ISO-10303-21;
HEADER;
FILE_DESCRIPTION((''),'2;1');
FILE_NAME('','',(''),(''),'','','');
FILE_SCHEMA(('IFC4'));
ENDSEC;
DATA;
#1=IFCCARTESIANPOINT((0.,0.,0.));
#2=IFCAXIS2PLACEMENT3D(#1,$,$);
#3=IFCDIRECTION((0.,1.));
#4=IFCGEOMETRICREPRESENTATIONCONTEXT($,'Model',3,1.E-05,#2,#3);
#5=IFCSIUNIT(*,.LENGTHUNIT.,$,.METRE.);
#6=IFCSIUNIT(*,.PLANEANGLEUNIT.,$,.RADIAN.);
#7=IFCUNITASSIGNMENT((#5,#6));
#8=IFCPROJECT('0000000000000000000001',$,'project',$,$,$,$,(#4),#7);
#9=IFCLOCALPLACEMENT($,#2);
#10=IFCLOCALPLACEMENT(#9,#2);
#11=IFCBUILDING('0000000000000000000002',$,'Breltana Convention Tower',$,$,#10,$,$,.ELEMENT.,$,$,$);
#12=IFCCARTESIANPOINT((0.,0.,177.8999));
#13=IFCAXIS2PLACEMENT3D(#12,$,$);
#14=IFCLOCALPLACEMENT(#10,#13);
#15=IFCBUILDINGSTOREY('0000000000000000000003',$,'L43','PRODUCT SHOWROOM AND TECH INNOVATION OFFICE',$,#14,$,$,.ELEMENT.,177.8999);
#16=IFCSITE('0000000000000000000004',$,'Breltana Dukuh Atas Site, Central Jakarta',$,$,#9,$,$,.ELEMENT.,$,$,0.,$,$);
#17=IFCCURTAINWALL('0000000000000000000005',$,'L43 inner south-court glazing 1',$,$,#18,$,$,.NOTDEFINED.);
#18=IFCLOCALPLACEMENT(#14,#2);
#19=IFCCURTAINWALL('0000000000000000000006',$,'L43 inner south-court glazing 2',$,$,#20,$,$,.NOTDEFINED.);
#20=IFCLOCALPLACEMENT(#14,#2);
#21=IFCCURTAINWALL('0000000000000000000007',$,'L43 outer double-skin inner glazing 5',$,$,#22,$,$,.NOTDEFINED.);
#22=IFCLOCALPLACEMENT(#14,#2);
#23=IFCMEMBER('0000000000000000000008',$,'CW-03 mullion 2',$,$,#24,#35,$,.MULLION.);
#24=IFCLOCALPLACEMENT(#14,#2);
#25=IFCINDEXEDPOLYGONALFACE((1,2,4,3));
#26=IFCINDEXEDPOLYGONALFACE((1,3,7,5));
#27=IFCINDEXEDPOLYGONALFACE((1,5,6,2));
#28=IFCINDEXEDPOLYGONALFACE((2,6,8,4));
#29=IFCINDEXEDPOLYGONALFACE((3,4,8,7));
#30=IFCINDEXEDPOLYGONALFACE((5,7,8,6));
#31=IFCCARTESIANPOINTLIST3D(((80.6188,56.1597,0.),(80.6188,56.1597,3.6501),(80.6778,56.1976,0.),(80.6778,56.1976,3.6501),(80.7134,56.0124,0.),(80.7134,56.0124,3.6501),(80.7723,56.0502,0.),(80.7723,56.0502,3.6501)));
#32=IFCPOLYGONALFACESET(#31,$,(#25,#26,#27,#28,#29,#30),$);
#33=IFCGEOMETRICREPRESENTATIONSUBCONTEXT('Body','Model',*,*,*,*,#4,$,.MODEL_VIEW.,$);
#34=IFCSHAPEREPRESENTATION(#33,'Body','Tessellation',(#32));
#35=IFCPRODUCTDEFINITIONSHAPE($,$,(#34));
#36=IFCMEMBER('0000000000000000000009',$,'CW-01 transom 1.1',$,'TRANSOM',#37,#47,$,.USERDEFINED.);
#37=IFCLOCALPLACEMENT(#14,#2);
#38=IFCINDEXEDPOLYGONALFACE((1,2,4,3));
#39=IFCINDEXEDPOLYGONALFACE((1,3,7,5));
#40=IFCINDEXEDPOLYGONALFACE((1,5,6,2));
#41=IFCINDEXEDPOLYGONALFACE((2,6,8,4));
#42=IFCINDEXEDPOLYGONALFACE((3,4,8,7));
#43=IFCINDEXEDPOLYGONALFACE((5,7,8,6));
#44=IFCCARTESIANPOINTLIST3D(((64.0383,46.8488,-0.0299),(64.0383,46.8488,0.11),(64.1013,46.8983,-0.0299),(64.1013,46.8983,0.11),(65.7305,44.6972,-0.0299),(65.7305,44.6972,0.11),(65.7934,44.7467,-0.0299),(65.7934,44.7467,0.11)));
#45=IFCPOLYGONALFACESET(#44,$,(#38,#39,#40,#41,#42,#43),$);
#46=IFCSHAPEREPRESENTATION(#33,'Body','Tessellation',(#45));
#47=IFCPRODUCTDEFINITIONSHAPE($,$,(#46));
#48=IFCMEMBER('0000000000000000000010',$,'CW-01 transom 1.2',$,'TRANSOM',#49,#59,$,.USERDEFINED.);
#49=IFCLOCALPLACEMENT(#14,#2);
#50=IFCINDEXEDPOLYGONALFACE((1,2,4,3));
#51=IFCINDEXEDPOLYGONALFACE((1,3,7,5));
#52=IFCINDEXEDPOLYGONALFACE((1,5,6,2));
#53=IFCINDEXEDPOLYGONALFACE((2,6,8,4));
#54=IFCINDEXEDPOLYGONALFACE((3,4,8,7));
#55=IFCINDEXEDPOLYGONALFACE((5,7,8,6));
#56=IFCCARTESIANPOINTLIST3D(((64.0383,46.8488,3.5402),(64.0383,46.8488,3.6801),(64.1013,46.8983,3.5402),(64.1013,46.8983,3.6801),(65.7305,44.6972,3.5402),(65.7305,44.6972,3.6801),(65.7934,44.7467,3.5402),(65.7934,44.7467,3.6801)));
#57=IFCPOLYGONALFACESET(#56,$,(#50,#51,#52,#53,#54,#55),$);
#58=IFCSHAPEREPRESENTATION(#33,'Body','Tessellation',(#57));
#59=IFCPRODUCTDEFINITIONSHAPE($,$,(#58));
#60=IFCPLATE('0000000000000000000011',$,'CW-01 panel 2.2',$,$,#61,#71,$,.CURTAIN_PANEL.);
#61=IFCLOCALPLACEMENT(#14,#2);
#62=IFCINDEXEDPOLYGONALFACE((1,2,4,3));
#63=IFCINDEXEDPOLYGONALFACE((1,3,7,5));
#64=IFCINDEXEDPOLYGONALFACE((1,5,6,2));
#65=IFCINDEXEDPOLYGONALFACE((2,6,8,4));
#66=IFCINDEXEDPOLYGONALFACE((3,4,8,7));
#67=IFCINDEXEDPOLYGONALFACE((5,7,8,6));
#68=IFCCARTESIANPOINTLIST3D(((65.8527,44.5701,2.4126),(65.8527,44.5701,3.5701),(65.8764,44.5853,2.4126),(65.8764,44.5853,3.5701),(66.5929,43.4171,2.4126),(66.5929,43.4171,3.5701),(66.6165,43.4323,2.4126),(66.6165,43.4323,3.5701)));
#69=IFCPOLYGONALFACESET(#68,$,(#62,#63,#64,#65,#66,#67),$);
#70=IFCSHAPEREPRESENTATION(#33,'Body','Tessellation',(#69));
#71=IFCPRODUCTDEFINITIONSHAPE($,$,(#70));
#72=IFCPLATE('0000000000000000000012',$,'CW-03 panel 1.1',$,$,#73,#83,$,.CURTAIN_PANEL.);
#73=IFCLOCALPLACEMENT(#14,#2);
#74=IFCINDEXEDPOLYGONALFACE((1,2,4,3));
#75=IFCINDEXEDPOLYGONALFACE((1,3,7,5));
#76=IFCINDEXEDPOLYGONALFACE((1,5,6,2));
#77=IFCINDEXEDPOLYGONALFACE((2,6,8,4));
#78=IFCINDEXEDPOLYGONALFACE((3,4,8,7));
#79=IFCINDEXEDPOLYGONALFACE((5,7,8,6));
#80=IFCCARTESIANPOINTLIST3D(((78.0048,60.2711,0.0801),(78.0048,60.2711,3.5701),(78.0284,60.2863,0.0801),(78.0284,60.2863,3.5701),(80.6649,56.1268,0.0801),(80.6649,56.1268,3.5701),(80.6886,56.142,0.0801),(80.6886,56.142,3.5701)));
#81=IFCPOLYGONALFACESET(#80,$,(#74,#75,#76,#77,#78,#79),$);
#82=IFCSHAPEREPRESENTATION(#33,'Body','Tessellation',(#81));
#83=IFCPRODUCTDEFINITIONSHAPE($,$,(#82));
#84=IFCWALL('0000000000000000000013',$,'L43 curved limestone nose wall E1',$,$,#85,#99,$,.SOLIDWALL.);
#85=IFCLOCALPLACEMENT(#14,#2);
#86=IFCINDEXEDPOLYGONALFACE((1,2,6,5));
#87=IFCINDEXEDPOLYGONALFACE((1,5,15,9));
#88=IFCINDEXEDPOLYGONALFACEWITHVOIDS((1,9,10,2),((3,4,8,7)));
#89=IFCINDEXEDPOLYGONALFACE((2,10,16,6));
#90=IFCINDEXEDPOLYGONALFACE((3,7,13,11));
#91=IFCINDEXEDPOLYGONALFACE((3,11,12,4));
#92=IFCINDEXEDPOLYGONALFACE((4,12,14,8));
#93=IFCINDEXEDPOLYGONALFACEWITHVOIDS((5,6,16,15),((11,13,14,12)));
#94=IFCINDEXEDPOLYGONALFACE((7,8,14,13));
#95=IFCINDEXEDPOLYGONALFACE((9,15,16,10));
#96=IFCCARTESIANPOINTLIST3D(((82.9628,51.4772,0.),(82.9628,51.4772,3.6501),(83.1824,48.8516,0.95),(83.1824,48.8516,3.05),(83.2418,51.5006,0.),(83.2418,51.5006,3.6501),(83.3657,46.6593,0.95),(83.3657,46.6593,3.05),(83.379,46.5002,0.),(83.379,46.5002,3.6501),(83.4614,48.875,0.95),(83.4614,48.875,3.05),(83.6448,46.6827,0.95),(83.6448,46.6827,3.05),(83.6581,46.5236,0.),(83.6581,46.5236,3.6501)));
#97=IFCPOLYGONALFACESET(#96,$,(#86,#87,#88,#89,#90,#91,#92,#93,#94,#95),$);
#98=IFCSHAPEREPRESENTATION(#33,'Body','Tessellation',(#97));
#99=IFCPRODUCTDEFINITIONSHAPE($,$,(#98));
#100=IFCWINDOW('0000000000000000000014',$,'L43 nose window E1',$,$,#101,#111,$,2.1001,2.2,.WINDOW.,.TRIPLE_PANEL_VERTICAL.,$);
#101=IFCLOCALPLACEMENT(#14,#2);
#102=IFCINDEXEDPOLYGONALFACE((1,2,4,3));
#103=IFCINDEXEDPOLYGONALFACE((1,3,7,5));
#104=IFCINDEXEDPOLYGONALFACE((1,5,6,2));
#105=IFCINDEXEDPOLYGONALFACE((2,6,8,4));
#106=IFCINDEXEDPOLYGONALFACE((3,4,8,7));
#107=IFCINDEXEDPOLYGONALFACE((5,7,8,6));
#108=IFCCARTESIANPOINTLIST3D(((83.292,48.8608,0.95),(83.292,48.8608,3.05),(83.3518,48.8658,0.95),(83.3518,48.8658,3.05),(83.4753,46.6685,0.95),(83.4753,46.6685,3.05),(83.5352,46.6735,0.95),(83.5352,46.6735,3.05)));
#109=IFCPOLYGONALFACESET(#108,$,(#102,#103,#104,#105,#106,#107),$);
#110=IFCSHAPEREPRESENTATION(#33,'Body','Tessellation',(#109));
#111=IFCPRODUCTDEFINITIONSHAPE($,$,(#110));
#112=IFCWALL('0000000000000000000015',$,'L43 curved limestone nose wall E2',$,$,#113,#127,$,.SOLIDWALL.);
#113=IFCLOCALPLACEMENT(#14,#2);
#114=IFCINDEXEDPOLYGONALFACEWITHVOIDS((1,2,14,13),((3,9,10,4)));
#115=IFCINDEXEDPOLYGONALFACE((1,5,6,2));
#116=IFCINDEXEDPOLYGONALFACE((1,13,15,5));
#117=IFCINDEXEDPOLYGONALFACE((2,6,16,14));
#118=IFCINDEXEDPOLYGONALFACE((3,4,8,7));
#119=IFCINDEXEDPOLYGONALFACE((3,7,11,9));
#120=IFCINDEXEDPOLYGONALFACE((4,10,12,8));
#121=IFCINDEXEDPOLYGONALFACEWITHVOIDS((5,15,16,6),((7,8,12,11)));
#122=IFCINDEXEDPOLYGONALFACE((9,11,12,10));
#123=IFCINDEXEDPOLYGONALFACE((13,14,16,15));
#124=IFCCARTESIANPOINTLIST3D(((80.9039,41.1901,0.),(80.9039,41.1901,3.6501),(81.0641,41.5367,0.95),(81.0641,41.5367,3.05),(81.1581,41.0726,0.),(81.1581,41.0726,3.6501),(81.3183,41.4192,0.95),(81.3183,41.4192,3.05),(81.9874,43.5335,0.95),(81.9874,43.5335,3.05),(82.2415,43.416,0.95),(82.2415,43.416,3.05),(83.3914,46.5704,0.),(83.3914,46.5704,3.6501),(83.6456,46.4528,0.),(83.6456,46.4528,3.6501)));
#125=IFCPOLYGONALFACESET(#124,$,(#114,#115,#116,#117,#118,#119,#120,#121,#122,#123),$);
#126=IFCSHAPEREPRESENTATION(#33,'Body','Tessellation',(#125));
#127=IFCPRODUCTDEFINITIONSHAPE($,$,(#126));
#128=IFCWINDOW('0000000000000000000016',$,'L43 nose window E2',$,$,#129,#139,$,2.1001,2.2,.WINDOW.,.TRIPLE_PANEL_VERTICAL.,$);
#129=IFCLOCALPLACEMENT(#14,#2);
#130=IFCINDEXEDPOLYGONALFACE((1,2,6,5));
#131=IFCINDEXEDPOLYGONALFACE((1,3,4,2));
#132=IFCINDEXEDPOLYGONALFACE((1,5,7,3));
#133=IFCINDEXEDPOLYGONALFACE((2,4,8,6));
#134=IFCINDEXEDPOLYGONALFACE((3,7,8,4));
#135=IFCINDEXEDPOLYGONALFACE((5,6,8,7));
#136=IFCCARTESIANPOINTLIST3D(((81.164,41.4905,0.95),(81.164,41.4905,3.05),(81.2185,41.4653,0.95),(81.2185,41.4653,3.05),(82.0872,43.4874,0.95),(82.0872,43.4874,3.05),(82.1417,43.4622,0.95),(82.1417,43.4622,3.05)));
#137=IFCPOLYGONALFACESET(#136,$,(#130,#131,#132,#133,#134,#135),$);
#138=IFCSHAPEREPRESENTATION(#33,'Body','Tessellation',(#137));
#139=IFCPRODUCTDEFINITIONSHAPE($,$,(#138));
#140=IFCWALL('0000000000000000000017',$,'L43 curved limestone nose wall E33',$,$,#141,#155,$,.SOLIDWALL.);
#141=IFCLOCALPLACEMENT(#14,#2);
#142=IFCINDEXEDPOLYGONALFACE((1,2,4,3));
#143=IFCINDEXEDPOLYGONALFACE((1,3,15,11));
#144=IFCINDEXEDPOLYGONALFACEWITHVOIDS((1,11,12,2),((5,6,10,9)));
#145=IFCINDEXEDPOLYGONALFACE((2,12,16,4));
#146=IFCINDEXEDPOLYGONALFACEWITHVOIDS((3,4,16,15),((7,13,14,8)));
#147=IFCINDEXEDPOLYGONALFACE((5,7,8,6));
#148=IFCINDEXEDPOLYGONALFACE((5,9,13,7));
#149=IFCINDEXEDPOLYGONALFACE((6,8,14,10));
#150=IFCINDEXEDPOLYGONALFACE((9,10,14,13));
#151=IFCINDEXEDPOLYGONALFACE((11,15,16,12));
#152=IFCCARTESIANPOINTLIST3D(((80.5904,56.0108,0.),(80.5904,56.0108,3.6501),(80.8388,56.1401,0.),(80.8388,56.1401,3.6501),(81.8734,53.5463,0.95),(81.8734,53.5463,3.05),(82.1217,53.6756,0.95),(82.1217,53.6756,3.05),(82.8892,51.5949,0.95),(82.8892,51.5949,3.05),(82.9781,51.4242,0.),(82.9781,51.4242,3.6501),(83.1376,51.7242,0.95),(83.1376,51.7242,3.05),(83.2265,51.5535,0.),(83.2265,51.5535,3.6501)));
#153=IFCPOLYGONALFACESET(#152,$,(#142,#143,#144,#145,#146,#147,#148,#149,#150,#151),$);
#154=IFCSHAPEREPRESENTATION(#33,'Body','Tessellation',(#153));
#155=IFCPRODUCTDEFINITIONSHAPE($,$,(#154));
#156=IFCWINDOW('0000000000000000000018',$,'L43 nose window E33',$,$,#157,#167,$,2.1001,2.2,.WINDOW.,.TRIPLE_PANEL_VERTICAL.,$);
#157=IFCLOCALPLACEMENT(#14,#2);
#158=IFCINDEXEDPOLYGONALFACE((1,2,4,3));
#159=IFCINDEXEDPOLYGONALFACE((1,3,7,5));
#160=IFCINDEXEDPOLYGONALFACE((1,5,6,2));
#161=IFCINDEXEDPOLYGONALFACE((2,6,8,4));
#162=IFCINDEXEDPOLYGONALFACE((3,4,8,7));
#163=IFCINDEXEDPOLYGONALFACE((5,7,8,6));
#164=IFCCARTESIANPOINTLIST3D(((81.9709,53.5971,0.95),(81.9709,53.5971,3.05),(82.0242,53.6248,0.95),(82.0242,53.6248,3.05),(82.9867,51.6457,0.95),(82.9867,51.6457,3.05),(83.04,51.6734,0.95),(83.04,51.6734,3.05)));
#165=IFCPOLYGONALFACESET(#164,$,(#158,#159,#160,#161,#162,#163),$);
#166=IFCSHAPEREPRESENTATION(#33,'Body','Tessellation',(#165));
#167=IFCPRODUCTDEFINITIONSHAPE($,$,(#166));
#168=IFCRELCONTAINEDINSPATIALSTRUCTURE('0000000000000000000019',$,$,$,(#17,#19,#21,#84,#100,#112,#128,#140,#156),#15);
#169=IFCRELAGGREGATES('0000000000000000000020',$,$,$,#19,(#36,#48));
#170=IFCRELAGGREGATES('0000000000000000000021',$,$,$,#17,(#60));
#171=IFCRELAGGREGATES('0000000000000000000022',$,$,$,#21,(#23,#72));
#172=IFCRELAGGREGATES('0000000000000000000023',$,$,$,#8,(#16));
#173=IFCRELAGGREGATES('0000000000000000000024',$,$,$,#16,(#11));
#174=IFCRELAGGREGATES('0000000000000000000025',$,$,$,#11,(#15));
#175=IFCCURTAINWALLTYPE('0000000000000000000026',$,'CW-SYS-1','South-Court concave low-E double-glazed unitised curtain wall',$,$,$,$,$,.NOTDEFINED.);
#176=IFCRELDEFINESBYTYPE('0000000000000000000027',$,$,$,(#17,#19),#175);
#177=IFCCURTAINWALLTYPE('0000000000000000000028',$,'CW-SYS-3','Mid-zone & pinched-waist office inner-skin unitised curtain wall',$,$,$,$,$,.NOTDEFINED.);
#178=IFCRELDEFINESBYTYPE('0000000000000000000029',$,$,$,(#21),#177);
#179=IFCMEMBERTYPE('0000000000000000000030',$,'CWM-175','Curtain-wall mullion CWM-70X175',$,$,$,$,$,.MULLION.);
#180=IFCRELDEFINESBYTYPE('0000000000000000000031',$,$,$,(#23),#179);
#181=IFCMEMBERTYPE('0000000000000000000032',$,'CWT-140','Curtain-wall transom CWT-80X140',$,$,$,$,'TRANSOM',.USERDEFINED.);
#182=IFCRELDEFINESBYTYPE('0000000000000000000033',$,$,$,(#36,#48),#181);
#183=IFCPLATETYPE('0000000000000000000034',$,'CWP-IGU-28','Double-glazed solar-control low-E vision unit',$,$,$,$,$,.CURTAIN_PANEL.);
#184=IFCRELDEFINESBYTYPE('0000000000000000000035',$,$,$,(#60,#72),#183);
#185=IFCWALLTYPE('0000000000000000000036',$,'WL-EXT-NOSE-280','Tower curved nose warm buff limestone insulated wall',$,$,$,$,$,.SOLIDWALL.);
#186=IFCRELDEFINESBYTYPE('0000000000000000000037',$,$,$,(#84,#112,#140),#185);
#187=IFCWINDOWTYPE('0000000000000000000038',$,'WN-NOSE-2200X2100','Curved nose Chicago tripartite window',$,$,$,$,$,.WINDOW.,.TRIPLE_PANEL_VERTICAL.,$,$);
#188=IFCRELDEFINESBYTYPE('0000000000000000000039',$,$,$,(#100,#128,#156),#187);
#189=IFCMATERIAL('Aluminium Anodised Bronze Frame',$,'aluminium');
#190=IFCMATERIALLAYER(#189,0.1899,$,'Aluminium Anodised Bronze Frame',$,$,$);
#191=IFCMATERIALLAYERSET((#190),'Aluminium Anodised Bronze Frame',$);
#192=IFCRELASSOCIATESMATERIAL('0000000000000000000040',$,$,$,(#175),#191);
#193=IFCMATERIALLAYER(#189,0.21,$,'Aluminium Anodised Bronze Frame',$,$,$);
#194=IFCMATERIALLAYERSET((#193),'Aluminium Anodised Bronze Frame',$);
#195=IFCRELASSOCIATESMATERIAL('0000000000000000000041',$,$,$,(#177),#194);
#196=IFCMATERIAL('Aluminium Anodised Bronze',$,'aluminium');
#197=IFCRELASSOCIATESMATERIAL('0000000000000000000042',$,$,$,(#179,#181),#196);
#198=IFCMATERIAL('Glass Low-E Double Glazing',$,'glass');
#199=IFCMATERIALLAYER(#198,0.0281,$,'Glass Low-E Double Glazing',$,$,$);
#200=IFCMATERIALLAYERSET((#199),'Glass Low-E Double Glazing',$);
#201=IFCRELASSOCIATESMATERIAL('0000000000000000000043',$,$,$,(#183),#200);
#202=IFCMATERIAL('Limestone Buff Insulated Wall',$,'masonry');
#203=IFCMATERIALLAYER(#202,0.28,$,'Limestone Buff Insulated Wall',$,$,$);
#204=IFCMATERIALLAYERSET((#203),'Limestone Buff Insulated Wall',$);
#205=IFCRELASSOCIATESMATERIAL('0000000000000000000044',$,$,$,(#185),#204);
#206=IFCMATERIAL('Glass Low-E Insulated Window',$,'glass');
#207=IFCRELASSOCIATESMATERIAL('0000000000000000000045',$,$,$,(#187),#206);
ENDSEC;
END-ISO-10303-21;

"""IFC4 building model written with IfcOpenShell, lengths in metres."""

from ifc_helpers import new_model, si_unit, direction, frame, frame_2d, origin, origin_2d, place, context, subcontext, project, spatial, rectangle, extrude, source, transform, mapped, material, layer, layer_set, material_profile, profile_set, type_object, type_shapes, element, fill, aggregate, save


model = new_model("IFC4")

# Units and contexts
model_context = context("Model", 3, precision=1e-05, world=origin(), true_north=direction((0.0, 1.0)))
body_context = subcontext(model_context, "Body", "Model", "MODEL_VIEW")
ifc_project = project(units=[si_unit("LENGTHUNIT", "METRE"), si_unit("PLANEANGLEUNIT", "RADIAN")], contexts=[model_context])

# Site, building, storey
site_placement = place(None, origin())
site = spatial("IfcSite", under=ifc_project, at=site_placement, Name="Breltana Dukuh Atas Site, Central Jakarta", CompositionType="ELEMENT", RefElevation=0.0)
building_placement = place(site_placement, origin())
building = spatial("IfcBuilding", under=site, at=building_placement, Name="Breltana Convention Tower", CompositionType="ELEMENT")
storey_placement = place(building_placement, frame((0.0, 0.0, 177.8999)))
storey = spatial("IfcBuildingStorey", under=building, at=storey_placement, Name="L43", Description="PRODUCT SHOWROOM AND TECH INNOVATION OFFICE", CompositionType="ELEMENT", Elevation=177.8999)

# Curtain walls, member
ifc_material_1 = material(Name="Aluminium Anodised Bronze Frame", Category="aluminium")
ifc_layer_1 = layer(ifc_material_1, 0.1899, Name="Aluminium Anodised Bronze Frame")
ifc_layer_set_1 = layer_set([ifc_layer_1], Name="Aluminium Anodised Bronze Frame")
curtain_wall_type_1 = type_object("IfcCurtainWallType", Name="CW-SYS-1", Description="South-Court concave low-E double-glazed unitised curtain wall", PredefinedType="NOTDEFINED", material=ifc_layer_set_1)
curtain_wall_1_placement = place(storey_placement, origin())
curtain_wall_1 = element("IfcCurtainWall", 1, at=curtain_wall_1_placement, inside=storey, type_object=curtain_wall_type_1, Name="L43 inner south-court glazing 1", PredefinedType="NOTDEFINED")
ifc_material_2 = material(Name="Aluminium Anodised Bronze", Category="aluminium")
curtain_wall_2_placement = place(storey_placement, origin())
curtain_wall_2 = element("IfcCurtainWall", 2, at=curtain_wall_2_placement, inside=storey, type_object=curtain_wall_type_1, Name="L43 inner south-court glazing 2", PredefinedType="NOTDEFINED")
ifc_layer_2 = layer(ifc_material_1, 0.21, Name="Aluminium Anodised Bronze Frame")
ifc_layer_set_2 = layer_set([ifc_layer_2], Name="Aluminium Anodised Bronze Frame")
curtain_wall_type_2 = type_object("IfcCurtainWallType", Name="CW-SYS-3", Description="Mid-zone & pinched-waist office inner-skin unitised curtain wall", PredefinedType="NOTDEFINED", material=ifc_layer_set_2)
curtain_wall_3_placement = place(storey_placement, origin())
curtain_wall_3 = element("IfcCurtainWall", 3, at=curtain_wall_3_placement, inside=storey, type_object=curtain_wall_type_2, Name="L43 outer double-skin inner glazing 5", PredefinedType="NOTDEFINED")
ifc_material_profile_1 = material_profile(ifc_material_2, rectangle(XDim=0.0701, YDim=0.175, at=origin_2d()), Name="CWM-70X175")
ifc_profile_set_1 = profile_set([ifc_material_profile_1], Name="Aluminium Anodised Bronze")
member_type_1 = type_object("IfcMemberType", Name="CWM-175", Description="Curtain-wall mullion CWM-70X175", PredefinedType="MULLION", material=ifc_profile_set_1)
shared_shape_1 = source(origin(), body_context, "Body", "SweptSolid", [
    extrude(rectangle(XDim=0.0701, YDim=0.175, at=origin_2d()), origin(), (0.0, 0.0, 1.0), 3.6501),
])
member_1_placement = place(storey_placement, frame((80.6956, 56.105, 0.0), z_axis=(0.0, 0.0, 1.0), x_axis=(0.841554, 0.540173, 0.0)))
member_1 = element("IfcMember", 4, at=member_1_placement, type_object=member_type_1, Name="CW-03 mullion 2", PredefinedType="MULLION", context=body_context, shape_type="MappedRepresentation", body=[
    mapped(shared_shape_1, transform((0.0, 0.0, 0.0), scale=1.0)),
])

# Members
ifc_material_profile_2 = material_profile(ifc_material_2, rectangle(XDim=0.0801, YDim=0.1399, at=origin_2d()), Name="CWT-80X140")
ifc_profile_set_2 = profile_set([ifc_material_profile_2], Name="Aluminium Anodised Bronze")
member_type_2 = type_object("IfcMemberType", Name="CWT-140", Description="Curtain-wall transom CWT-80X140", ElementType="TRANSOM", PredefinedType="USERDEFINED", material=ifc_profile_set_2)
shared_shape_2 = source(origin(), body_context, "Body", "SweptSolid", [
    extrude(rectangle(XDim=0.0801, YDim=0.1399, at=origin_2d()), origin(), (0.0, 0.0, 1.0), 2.7373),
])
member_2_placement = place(storey_placement, frame((65.762, 44.7219, 0.04), z_axis=(-0.61818, 0.786037, 0.0), x_axis=(-0.786037, -0.61818, 0.0)))
member_2 = element("IfcMember", 5, at=member_2_placement, type_object=member_type_2, Name="CW-01 transom 1.1", ObjectType="TRANSOM", PredefinedType="USERDEFINED", context=body_context, shape_type="MappedRepresentation", body=[
    mapped(shared_shape_2, transform((0.0, 0.0, 0.0), scale=1.0)),
])
member_3_placement = place(storey_placement, frame((65.762, 44.7219, 3.6101), z_axis=(-0.61818, 0.786037, 0.0), x_axis=(-0.786037, -0.61818, 0.0)))
member_3 = element("IfcMember", 6, at=member_3_placement, type_object=member_type_2, Name="CW-01 transom 1.2", ObjectType="TRANSOM", PredefinedType="USERDEFINED", context=body_context, shape_type="MappedRepresentation", body=[
    mapped(shared_shape_2, transform((0.0, 0.0, 0.0), scale=1.0)),
])
aggregate(curtain_wall_2, [member_2, member_3])

# Plates
ifc_material_3 = material(Name="Glass Low-E Double Glazing", Category="glass")
ifc_layer_3 = layer(ifc_material_3, 0.0281, Name="Glass Low-E Double Glazing")
ifc_layer_set_3 = layer_set([ifc_layer_3], Name="Glass Low-E Double Glazing")
plate_type = type_object("IfcPlateType", Name="CWP-IGU-28", Description="Double-glazed solar-control low-E vision unit", PredefinedType="CURTAIN_PANEL", material=ifc_layer_set_3)
shared_shape_3 = source(origin(), body_context, "Body", "SweptSolid", [
    extrude(rectangle(XDim=1.3701, YDim=0.0281, at=origin_2d()), origin(), (0.0, 0.0, 1.0), 1.1575),
])
plate_1_placement = place(storey_placement, frame((66.2346, 44.0012, 2.4126), z_axis=(0.0, 0.0, 1.0), x_axis=(-0.540184, 0.841547, 0.0)))
plate_1 = element("IfcPlate", 7, at=plate_1_placement, type_object=plate_type, Name="CW-01 panel 2.2", PredefinedType="CURTAIN_PANEL", context=body_context, shape_type="MappedRepresentation", body=[
    mapped(shared_shape_3, transform((0.0, 0.0, 0.0), scale=1.0)),
])
aggregate(curtain_wall_1, [plate_1])
shared_shape_4 = source(origin(), body_context, "Body", "SweptSolid", [
    extrude(rectangle(XDim=4.9246, YDim=0.0281, at=origin_2d()), origin(), (0.0, 0.0, 1.0), 3.49),
])
plate_2_placement = place(storey_placement, frame((79.3467, 58.2065, 0.0801), z_axis=(0.0, 0.0, 1.0), x_axis=(0.540173, -0.841554, 0.0)))
plate_2 = element("IfcPlate", 8, at=plate_2_placement, type_object=plate_type, Name="CW-03 panel 1.1", PredefinedType="CURTAIN_PANEL", context=body_context, shape_type="MappedRepresentation", body=[
    mapped(shared_shape_4, transform((0.0, 0.0, 0.0), scale=1.0)),
])
aggregate(curtain_wall_3, [member_1, plate_2])

# Walls, openings, windows
ifc_material_4 = material(Name="Limestone Buff Insulated Wall", Category="masonry")
ifc_layer_4 = layer(ifc_material_4, 0.28, Name="Limestone Buff Insulated Wall")
ifc_layer_set_4 = layer_set([ifc_layer_4], Name="Limestone Buff Insulated Wall")
wall_type_1 = type_object("IfcWallType", Name="WL-EXT-NOSE-280", Description="Tower curved nose warm buff limestone insulated wall", PredefinedType="SOLIDWALL", material=ifc_layer_set_4)
shared_shape_5 = source(origin(), body_context, "Body", "SweptSolid", [
    extrude(rectangle(XDim=4.9944, YDim=0.28, at=frame_2d((2.4971, 0.0))), origin(), (0.0, 0.0, 1.0), 3.6501),
])
wall_1_placement = place(storey_placement, frame((83.1023, 51.4888, 0.0), z_axis=(0.0, 0.0, 1.0), x_axis=(0.083345, -0.996521, 0.0)))
wall_1 = element("IfcWall", 9, at=wall_1_placement, inside=storey, type_object=wall_type_1, Name="L43 curved limestone nose wall E1", PredefinedType="SOLIDWALL", context=body_context, shape_type="MappedRepresentation", body=[
    mapped(shared_shape_5, transform((0.0, 0.0, 0.0), scale=1.0)),
])
opening_1_placement = place(wall_1_placement, frame((2.6345, 0.0, 0.95)))
opening_1 = element("IfcOpeningElement", 10, at=opening_1_placement, cuts=wall_1, PredefinedType="OPENING", context=body_context, shape_type="SweptSolid", body=[
    extrude(rectangle(XDim=2.2, YDim=2.1001, at=frame_2d((1.1001, 1.05))), frame((0.0, 0.1499, 0.0), z_axis=(0.0, -1.0, 0.0), x_axis=(1.0, 0.0, 0.0)), (0.0, 0.0, 1.0), 0.3),
])
ifc_material_5 = material(Name="Glass Low-E Insulated Window", Category="glass")
window_type = type_object("IfcWindowType", Name="WN-NOSE-2200X2100", Description="Curved nose Chicago tripartite window", PartitioningType="TRIPLE_PANEL_VERTICAL", PredefinedType="WINDOW", material=ifc_material_5)
shared_shape_6 = source(origin(), body_context, "Body", "SweptSolid", [
    extrude(rectangle(XDim=2.2, YDim=2.1001, at=frame_2d((1.1001, 1.05))), frame((0.0, 0.03, 0.0), z_axis=(0.0, -1.0, 0.0), x_axis=(1.0, 0.0, 0.0)), (0.0, 0.0, 1.0), 0.0601),
])
type_shapes(window_type, [shared_shape_6])
window_1_placement = place(opening_1_placement, origin())
window_1 = element("IfcWindow", 11, at=window_1_placement, inside=storey, type_object=window_type, Name="L43 nose window E1", OverallHeight=2.1001, OverallWidth=2.2, PartitioningType="TRIPLE_PANEL_VERTICAL", PredefinedType="WINDOW", context=body_context, shape_type="MappedRepresentation", body=[
    mapped(shared_shape_6, transform((0.0, 0.0, 0.0), scale=1.0)),
])
fill(opening_1, window_1)
shared_shape_7 = source(origin(), body_context, "Body", "SweptSolid", [
    extrude(rectangle(XDim=5.9275, YDim=0.28, at=frame_2d((2.9639, 0.0))), origin(), (0.0, 0.0, 1.0), 3.6501),
])
wall_2_placement = place(storey_placement, frame((83.5186, 46.5117, 0.0), z_axis=(0.0, 0.0, 1.0), x_axis=(-0.419656, -0.907683, 0.0)))
wall_2 = element("IfcWall", 12, at=wall_2_placement, inside=storey, type_object=wall_type_1, Name="L43 curved limestone nose wall E2", PredefinedType="SOLIDWALL", context=body_context, shape_type="MappedRepresentation", body=[
    mapped(shared_shape_7, transform((0.0, 0.0, 0.0), scale=1.0)),
])
opening_2_placement = place(wall_2_placement, frame((3.3457, 0.0, 0.95)))
opening_2 = element("IfcOpeningElement", 13, at=opening_2_placement, cuts=wall_2, PredefinedType="OPENING", context=body_context, shape_type="SweptSolid", body=[
    extrude(rectangle(XDim=2.2, YDim=2.1001, at=frame_2d((1.1001, 1.05))), frame((0.0, 0.1499, 0.0), z_axis=(0.0, -1.0, 0.0), x_axis=(1.0, 0.0, 0.0)), (0.0, 0.0, 1.0), 0.3),
])
window_2_placement = place(opening_2_placement, origin())
window_2 = element("IfcWindow", 14, at=window_2_placement, inside=storey, type_object=window_type, Name="L43 nose window E2", OverallHeight=2.1001, OverallWidth=2.2, PartitioningType="TRIPLE_PANEL_VERTICAL", PredefinedType="WINDOW", context=body_context, shape_type="MappedRepresentation", body=[
    mapped(shared_shape_6, transform((0.0, 0.0, 0.0), scale=1.0)),
])
fill(opening_2, window_2)
shared_shape_8 = source(origin(), body_context, "Body", "SweptSolid", [
    extrude(rectangle(XDim=5.1709, YDim=0.28, at=frame_2d((2.5854, 0.0))), origin(), (0.0, 0.0, 1.0), 3.6501),
])
wall_3_placement = place(storey_placement, frame((80.7146, 56.0754, 0.0), z_axis=(0.0, 0.0, 1.0), x_axis=(0.461753, -0.887009, 0.0)))
wall_3 = element("IfcWall", 15, at=wall_3_placement, inside=storey, type_object=wall_type_1, Name="L43 curved limestone nose wall E33", PredefinedType="SOLIDWALL", context=body_context, shape_type="MappedRepresentation", body=[
    mapped(shared_shape_8, transform((0.0, 0.0, 0.0), scale=1.0)),
])
opening_3_placement = place(wall_3_placement, frame((2.7783, 0.0, 0.95)))
opening_3 = element("IfcOpeningElement", 16, at=opening_3_placement, cuts=wall_3, PredefinedType="OPENING", context=body_context, shape_type="SweptSolid", body=[
    extrude(rectangle(XDim=2.2, YDim=2.1001, at=frame_2d((1.1001, 1.05))), frame((0.0, 0.1499, 0.0), z_axis=(0.0, -1.0, 0.0), x_axis=(1.0, 0.0, 0.0)), (0.0, 0.0, 1.0), 0.3),
])
window_3_placement = place(opening_3_placement, origin())
window_3 = element("IfcWindow", 17, at=window_3_placement, inside=storey, type_object=window_type, Name="L43 nose window E33", OverallHeight=2.1001, OverallWidth=2.2, PartitioningType="TRIPLE_PANEL_VERTICAL", PredefinedType="WINDOW", context=body_context, shape_type="MappedRepresentation", body=[
    mapped(shared_shape_6, transform((0.0, 0.0, 0.0), scale=1.0)),
])
fill(opening_3, window_3)

save(model, "model.ifc")
